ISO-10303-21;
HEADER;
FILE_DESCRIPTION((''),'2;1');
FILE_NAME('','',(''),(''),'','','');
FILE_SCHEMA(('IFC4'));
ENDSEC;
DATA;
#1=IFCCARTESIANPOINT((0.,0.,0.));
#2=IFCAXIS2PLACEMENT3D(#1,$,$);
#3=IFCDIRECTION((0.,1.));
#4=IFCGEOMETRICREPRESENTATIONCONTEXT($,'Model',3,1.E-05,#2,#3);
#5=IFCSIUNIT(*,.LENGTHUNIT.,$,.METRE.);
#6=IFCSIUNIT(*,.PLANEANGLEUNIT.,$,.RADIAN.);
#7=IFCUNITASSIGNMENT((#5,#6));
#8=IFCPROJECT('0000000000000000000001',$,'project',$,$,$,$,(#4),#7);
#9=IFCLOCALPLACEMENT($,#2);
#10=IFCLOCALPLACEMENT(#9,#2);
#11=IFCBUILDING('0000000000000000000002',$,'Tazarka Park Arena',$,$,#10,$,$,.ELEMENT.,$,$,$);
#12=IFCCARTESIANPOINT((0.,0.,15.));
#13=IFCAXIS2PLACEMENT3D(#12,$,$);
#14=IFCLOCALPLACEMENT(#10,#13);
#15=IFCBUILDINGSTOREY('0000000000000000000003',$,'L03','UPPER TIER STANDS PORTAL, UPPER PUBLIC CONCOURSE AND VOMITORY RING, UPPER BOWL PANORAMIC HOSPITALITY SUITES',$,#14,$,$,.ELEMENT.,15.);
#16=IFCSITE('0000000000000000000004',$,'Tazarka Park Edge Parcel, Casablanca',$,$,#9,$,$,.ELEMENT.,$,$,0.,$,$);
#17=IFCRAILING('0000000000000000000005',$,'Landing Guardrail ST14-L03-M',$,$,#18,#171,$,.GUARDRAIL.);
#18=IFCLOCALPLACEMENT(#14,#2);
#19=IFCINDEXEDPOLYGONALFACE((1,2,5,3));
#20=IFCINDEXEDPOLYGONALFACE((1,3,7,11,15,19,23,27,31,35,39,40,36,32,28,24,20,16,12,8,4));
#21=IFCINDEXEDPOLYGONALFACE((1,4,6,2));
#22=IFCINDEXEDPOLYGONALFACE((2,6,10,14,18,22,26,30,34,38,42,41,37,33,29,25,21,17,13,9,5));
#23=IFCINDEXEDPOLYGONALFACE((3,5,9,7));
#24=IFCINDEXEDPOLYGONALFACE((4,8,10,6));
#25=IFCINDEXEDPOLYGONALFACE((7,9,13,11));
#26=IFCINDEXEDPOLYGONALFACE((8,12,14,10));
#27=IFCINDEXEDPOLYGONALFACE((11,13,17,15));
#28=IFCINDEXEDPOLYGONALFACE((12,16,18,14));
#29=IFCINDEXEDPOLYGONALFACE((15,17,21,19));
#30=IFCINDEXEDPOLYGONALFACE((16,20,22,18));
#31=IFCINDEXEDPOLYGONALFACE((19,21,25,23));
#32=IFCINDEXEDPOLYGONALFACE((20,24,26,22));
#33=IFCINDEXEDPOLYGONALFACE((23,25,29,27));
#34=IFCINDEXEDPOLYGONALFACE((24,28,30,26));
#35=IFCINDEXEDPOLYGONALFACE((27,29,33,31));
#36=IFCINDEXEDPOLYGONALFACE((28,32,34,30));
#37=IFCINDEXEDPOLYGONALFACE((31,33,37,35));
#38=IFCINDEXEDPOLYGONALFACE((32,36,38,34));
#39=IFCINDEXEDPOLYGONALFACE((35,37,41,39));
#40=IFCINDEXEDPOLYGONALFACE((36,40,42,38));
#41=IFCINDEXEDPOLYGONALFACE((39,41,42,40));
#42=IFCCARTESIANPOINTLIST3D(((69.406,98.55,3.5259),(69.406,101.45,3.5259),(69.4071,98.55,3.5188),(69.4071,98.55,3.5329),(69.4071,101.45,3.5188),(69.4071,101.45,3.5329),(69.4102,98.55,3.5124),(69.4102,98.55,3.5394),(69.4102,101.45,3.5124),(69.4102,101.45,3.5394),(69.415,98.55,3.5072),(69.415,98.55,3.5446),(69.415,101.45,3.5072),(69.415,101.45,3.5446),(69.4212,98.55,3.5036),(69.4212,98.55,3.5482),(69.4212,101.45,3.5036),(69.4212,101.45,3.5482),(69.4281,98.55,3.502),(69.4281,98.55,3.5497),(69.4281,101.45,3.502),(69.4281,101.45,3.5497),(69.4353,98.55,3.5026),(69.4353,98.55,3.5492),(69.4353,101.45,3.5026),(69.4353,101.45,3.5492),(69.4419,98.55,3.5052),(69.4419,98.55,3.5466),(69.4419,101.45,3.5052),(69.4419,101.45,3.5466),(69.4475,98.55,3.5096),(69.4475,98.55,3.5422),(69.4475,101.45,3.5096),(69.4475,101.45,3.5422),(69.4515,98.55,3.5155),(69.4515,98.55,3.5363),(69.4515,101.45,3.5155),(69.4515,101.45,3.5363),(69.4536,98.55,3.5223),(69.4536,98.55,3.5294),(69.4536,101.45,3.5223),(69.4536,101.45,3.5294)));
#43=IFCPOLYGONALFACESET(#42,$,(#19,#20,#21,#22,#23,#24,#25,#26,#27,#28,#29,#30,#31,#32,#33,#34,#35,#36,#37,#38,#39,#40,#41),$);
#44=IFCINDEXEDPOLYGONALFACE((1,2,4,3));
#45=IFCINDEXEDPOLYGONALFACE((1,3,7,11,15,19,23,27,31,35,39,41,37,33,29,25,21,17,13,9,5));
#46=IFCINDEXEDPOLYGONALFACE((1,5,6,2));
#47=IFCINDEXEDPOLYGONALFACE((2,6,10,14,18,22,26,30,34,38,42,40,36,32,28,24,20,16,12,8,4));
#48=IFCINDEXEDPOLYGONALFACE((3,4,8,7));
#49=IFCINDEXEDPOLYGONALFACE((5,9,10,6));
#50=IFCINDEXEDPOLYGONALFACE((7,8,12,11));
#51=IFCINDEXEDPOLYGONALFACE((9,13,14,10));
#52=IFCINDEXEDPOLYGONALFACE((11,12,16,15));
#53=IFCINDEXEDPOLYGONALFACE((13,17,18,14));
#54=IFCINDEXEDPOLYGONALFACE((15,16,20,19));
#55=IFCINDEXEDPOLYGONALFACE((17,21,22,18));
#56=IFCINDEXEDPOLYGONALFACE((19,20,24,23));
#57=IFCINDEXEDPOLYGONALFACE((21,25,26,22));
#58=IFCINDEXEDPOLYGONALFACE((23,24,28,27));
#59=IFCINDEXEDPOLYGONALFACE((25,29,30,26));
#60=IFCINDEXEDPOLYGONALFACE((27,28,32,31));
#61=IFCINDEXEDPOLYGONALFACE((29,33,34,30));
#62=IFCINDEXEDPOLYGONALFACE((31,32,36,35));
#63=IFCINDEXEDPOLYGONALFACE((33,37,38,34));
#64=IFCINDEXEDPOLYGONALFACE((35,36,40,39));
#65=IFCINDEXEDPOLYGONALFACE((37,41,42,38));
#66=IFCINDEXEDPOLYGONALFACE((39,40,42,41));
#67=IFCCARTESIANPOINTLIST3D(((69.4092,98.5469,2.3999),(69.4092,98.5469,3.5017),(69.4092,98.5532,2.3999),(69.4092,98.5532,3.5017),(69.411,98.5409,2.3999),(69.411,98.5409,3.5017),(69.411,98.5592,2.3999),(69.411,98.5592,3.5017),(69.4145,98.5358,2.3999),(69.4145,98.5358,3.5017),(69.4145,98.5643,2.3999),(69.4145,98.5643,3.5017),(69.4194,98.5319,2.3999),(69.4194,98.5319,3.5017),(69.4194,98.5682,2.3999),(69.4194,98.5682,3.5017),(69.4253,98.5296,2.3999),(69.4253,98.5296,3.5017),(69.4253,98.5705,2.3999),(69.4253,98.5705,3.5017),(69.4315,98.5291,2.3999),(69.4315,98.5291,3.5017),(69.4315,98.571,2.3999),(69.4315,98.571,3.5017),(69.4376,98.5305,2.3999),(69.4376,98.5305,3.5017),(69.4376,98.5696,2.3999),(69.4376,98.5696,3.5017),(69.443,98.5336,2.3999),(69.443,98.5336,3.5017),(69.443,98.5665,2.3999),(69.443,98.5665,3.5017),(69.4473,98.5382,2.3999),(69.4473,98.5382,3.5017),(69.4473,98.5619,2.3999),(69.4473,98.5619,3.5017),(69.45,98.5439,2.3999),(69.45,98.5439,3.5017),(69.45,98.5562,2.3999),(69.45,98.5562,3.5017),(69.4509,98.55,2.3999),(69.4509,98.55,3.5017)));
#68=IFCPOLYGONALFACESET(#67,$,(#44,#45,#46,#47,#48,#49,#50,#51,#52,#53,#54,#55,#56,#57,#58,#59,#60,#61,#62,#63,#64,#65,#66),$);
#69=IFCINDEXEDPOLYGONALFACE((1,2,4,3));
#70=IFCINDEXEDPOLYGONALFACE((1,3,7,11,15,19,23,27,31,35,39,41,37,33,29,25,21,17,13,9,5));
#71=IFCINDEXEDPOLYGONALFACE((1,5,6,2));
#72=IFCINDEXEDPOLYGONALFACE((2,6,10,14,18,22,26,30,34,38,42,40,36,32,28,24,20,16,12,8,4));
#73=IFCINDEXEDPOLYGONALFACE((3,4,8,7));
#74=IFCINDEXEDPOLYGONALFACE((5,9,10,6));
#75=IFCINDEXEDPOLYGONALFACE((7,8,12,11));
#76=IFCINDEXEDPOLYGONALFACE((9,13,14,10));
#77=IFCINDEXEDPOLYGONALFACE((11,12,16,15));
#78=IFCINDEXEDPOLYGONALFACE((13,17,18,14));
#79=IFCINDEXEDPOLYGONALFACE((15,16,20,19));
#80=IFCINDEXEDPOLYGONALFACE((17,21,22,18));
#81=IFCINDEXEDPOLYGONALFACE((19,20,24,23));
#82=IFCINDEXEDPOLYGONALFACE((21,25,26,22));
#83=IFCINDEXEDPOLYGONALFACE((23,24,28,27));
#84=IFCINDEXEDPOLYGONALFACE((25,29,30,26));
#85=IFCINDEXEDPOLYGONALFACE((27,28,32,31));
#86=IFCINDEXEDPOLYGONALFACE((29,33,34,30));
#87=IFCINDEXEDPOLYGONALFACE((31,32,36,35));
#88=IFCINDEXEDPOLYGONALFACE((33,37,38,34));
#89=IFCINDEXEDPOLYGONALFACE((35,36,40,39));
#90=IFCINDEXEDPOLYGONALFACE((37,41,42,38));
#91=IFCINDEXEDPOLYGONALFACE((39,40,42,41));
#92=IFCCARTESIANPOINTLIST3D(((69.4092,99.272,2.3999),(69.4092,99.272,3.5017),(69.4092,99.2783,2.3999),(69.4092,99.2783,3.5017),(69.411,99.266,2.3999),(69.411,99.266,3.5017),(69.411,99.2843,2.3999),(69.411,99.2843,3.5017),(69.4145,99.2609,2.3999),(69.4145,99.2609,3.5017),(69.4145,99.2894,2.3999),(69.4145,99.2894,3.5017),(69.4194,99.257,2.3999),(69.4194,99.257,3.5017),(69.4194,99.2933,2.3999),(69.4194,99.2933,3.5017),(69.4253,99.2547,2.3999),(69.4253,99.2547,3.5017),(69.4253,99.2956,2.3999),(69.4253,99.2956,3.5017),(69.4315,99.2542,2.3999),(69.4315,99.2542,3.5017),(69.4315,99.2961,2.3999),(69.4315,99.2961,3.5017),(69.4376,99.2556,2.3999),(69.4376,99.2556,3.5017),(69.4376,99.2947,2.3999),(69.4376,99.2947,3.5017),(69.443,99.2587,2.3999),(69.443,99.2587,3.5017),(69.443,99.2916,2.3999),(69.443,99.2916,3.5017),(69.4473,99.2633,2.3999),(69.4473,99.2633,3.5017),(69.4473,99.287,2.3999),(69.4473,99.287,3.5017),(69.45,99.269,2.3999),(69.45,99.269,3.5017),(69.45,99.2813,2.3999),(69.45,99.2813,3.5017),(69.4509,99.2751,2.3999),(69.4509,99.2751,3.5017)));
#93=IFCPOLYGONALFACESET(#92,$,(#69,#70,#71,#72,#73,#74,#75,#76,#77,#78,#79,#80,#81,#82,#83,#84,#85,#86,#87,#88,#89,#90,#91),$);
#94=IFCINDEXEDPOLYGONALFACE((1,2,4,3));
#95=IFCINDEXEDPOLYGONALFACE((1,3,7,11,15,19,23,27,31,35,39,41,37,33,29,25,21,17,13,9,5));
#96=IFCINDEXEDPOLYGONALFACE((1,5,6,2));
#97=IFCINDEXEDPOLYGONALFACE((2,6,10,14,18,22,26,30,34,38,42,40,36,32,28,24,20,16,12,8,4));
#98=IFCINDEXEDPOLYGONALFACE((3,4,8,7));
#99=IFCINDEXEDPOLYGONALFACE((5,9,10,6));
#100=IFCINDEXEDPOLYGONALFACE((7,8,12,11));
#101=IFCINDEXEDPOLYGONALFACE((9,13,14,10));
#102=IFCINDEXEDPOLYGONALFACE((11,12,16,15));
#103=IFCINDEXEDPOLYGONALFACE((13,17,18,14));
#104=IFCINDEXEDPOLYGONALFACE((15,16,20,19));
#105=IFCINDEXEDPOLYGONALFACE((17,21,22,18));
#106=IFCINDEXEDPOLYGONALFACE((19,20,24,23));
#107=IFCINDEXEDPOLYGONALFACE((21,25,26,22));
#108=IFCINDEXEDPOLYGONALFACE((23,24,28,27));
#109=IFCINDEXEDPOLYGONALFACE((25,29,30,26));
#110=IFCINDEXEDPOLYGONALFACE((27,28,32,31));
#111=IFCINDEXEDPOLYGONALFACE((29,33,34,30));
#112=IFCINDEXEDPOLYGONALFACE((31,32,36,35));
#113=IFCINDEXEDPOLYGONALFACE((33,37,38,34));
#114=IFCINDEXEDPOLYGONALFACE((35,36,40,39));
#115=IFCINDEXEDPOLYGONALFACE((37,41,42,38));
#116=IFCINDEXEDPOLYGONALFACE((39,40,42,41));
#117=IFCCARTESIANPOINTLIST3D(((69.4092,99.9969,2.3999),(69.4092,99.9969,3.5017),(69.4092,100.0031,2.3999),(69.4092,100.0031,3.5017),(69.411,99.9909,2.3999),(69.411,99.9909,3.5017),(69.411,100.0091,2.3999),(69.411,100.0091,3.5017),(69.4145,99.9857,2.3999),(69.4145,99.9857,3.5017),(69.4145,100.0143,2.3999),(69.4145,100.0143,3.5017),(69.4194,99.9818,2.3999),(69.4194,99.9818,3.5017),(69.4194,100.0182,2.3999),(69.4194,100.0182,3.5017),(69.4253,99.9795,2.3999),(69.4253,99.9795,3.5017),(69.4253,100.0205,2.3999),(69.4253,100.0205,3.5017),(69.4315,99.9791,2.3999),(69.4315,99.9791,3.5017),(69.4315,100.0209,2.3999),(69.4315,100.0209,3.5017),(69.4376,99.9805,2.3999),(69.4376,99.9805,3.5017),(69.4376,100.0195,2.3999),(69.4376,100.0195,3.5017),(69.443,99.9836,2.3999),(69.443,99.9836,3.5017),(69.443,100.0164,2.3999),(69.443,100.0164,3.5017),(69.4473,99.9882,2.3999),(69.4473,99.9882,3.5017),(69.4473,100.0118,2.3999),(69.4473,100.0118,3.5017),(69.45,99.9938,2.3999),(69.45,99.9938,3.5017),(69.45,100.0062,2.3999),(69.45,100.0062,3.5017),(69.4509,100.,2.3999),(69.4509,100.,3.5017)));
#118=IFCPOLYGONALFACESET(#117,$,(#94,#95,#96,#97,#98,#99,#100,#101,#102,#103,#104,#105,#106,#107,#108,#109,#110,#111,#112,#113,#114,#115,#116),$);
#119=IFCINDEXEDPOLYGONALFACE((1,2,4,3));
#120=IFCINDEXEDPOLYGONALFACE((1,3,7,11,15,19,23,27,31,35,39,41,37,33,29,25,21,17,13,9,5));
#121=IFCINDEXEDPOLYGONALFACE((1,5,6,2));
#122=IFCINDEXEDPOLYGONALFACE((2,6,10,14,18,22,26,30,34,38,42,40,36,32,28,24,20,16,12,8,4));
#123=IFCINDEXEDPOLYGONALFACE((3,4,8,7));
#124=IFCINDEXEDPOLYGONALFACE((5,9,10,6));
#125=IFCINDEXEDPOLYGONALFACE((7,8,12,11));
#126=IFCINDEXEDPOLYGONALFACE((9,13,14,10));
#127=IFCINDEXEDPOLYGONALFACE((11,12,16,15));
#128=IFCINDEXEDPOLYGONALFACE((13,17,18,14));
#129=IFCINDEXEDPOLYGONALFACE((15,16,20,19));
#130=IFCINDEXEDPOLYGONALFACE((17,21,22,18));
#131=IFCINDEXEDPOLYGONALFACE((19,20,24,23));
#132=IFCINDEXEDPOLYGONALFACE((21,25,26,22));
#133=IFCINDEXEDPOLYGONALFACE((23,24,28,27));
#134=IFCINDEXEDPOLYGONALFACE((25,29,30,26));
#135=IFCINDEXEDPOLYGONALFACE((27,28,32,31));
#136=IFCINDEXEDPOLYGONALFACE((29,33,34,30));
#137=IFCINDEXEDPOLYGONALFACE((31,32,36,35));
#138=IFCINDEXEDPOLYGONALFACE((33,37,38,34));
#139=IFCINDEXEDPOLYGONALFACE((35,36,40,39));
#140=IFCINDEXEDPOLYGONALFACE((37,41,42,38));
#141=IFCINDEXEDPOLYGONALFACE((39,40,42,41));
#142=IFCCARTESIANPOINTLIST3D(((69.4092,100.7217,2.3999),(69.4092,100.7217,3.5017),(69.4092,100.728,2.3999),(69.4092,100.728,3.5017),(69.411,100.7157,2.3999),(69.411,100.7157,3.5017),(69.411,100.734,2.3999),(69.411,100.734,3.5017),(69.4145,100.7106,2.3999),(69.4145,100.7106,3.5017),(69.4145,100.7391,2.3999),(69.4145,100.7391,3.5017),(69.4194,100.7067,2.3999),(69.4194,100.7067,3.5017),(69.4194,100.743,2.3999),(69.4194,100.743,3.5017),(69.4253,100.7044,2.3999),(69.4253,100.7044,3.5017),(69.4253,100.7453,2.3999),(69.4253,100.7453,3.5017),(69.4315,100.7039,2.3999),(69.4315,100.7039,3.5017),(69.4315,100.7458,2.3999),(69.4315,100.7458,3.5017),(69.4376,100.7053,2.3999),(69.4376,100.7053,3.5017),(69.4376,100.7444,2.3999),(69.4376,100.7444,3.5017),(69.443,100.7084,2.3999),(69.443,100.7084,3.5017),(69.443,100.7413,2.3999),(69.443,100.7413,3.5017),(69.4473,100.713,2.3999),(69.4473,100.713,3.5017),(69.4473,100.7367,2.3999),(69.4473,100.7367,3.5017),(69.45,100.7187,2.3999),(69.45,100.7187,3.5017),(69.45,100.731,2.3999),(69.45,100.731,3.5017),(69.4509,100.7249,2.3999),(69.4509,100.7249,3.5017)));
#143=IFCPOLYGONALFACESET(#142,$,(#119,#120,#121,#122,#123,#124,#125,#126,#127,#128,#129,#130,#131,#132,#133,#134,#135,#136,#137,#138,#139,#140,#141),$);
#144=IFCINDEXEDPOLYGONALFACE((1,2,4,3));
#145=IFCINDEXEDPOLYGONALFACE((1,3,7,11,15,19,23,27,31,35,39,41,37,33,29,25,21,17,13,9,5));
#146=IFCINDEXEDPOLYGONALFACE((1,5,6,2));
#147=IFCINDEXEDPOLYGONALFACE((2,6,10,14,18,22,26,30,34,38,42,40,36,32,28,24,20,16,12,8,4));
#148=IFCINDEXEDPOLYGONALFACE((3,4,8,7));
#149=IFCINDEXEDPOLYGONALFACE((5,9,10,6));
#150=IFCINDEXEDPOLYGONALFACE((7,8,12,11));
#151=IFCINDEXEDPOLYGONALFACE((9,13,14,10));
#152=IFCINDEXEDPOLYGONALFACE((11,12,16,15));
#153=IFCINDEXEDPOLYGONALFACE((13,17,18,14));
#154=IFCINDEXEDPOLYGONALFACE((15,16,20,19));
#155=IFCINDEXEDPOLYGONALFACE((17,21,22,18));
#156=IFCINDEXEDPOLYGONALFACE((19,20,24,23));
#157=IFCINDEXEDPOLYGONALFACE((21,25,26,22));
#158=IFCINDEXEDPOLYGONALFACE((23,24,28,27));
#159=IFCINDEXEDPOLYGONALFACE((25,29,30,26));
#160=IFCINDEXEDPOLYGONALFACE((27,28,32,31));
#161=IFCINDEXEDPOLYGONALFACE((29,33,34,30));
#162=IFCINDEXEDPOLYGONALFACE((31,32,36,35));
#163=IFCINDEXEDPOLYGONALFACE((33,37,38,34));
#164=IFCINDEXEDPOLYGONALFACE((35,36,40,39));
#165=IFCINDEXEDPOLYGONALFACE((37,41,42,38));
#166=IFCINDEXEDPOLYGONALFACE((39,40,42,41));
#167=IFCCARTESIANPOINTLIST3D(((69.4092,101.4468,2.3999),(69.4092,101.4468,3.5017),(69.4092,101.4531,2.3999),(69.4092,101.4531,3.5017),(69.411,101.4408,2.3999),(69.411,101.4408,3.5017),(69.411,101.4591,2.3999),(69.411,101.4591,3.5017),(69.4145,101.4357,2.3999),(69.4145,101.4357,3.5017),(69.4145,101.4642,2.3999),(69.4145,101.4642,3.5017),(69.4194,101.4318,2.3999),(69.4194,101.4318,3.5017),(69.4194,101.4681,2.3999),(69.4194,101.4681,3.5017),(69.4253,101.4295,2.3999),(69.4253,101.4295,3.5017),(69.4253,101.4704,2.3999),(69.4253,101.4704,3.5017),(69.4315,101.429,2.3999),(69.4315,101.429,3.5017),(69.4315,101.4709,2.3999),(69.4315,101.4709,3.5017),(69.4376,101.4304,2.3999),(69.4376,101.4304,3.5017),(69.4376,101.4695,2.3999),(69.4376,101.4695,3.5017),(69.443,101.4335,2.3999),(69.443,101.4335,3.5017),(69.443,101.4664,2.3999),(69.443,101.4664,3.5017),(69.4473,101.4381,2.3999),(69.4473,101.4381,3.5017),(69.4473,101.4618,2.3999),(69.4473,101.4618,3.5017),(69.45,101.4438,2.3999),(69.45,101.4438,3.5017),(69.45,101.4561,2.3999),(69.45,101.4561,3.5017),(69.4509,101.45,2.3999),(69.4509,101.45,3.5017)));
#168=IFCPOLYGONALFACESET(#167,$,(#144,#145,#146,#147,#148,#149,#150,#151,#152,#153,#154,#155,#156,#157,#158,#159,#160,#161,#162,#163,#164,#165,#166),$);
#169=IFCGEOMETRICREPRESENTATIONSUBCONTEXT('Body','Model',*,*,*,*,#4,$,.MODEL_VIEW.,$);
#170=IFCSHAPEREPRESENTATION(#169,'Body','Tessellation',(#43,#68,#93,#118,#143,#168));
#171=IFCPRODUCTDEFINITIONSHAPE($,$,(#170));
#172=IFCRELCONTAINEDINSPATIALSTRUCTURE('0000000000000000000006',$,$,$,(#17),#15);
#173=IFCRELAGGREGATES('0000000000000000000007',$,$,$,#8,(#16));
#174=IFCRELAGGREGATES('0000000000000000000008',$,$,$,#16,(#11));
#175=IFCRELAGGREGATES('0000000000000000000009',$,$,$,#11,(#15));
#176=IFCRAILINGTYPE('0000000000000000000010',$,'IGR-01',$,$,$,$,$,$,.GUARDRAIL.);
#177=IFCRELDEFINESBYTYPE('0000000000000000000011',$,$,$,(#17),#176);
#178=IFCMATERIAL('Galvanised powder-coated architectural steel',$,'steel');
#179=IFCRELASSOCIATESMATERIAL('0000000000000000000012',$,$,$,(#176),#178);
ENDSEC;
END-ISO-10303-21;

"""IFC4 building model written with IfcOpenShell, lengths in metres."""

from ifc_helpers import new_model, si_unit, direction, frame, origin, origin_2d, place, context, subcontext, project, spatial, circle, extrude, material, type_object, element, save


model = new_model("IFC4")

# Units and contexts
model_context = context("Model", 3, precision=1e-05, world=origin(), true_north=direction((0.0, 1.0)))
body_context = subcontext(model_context, "Body", "Model", "MODEL_VIEW")
ifc_project = project(units=[si_unit("LENGTHUNIT", "METRE"), si_unit("PLANEANGLEUNIT", "RADIAN")], contexts=[model_context])

# Site, building, storey
site_placement = place(None, origin())
site = spatial("IfcSite", under=ifc_project, at=site_placement, Name="Tazarka Park Edge Parcel, Casablanca", CompositionType="ELEMENT", RefElevation=0.0)
building_placement = place(site_placement, origin())
building = spatial("IfcBuilding", under=site, at=building_placement, Name="Tazarka Park Arena", CompositionType="ELEMENT")
storey_placement = place(building_placement, frame((0.0, 0.0, 15.0)))
storey = spatial("IfcBuildingStorey", under=building, at=storey_placement, Name="L03", Description="UPPER TIER STANDS PORTAL, UPPER PUBLIC CONCOURSE AND VOMITORY RING, UPPER BOWL PANORAMIC HOSPITALITY SUITES", CompositionType="ELEMENT", Elevation=15.0)

# Railing
ifc_material_1 = material(Name="Galvanised powder-coated architectural steel", Category="steel")
railing_type_1 = type_object("IfcRailingType", Name="IGR-01", PredefinedType="GUARDRAIL", material=ifc_material_1)
for number, where, name in (
    (1, (69.4299, 98.55, 2.3999), "Landing Guardrail ST14-L03-M"),
):
    element("IfcRailing", number, at=place(storey_placement, frame(where)), inside=storey, type_object=railing_type_1, Name=name, PredefinedType="GUARDRAIL", context=body_context, shape_type="SweptSolid", body=[
        extrude(circle(Radius=0.0239, at=origin_2d()), frame((0.0, 0.0, 1.126), z_axis=(0.0, 1.0, 0.0), x_axis=(-1.0, 0.0, 0.0)), (0.0, 0.0, 1.0), 2.8999),
        extrude(circle(Radius=0.021, at=origin_2d()), origin(), (0.0, 0.0, 1.0), 1.1018),
        extrude(circle(Radius=0.021, at=origin_2d()), frame((0.0, 0.7251, 0.0)), (0.0, 0.0, 1.0), 1.1018),
        extrude(circle(Radius=0.021, at=origin_2d()), frame((0.0, 1.45, 0.0)), (0.0, 0.0, 1.0), 1.1018),
        extrude(circle(Radius=0.021, at=origin_2d()), frame((0.0, 2.1748, 0.0)), (0.0, 0.0, 1.0), 1.1018),
        extrude(circle(Radius=0.021, at=origin_2d()), frame((0.0, 2.8999, 0.0)), (0.0, 0.0, 1.0), 1.1018),
    ])

save(model, "model.ifc")
